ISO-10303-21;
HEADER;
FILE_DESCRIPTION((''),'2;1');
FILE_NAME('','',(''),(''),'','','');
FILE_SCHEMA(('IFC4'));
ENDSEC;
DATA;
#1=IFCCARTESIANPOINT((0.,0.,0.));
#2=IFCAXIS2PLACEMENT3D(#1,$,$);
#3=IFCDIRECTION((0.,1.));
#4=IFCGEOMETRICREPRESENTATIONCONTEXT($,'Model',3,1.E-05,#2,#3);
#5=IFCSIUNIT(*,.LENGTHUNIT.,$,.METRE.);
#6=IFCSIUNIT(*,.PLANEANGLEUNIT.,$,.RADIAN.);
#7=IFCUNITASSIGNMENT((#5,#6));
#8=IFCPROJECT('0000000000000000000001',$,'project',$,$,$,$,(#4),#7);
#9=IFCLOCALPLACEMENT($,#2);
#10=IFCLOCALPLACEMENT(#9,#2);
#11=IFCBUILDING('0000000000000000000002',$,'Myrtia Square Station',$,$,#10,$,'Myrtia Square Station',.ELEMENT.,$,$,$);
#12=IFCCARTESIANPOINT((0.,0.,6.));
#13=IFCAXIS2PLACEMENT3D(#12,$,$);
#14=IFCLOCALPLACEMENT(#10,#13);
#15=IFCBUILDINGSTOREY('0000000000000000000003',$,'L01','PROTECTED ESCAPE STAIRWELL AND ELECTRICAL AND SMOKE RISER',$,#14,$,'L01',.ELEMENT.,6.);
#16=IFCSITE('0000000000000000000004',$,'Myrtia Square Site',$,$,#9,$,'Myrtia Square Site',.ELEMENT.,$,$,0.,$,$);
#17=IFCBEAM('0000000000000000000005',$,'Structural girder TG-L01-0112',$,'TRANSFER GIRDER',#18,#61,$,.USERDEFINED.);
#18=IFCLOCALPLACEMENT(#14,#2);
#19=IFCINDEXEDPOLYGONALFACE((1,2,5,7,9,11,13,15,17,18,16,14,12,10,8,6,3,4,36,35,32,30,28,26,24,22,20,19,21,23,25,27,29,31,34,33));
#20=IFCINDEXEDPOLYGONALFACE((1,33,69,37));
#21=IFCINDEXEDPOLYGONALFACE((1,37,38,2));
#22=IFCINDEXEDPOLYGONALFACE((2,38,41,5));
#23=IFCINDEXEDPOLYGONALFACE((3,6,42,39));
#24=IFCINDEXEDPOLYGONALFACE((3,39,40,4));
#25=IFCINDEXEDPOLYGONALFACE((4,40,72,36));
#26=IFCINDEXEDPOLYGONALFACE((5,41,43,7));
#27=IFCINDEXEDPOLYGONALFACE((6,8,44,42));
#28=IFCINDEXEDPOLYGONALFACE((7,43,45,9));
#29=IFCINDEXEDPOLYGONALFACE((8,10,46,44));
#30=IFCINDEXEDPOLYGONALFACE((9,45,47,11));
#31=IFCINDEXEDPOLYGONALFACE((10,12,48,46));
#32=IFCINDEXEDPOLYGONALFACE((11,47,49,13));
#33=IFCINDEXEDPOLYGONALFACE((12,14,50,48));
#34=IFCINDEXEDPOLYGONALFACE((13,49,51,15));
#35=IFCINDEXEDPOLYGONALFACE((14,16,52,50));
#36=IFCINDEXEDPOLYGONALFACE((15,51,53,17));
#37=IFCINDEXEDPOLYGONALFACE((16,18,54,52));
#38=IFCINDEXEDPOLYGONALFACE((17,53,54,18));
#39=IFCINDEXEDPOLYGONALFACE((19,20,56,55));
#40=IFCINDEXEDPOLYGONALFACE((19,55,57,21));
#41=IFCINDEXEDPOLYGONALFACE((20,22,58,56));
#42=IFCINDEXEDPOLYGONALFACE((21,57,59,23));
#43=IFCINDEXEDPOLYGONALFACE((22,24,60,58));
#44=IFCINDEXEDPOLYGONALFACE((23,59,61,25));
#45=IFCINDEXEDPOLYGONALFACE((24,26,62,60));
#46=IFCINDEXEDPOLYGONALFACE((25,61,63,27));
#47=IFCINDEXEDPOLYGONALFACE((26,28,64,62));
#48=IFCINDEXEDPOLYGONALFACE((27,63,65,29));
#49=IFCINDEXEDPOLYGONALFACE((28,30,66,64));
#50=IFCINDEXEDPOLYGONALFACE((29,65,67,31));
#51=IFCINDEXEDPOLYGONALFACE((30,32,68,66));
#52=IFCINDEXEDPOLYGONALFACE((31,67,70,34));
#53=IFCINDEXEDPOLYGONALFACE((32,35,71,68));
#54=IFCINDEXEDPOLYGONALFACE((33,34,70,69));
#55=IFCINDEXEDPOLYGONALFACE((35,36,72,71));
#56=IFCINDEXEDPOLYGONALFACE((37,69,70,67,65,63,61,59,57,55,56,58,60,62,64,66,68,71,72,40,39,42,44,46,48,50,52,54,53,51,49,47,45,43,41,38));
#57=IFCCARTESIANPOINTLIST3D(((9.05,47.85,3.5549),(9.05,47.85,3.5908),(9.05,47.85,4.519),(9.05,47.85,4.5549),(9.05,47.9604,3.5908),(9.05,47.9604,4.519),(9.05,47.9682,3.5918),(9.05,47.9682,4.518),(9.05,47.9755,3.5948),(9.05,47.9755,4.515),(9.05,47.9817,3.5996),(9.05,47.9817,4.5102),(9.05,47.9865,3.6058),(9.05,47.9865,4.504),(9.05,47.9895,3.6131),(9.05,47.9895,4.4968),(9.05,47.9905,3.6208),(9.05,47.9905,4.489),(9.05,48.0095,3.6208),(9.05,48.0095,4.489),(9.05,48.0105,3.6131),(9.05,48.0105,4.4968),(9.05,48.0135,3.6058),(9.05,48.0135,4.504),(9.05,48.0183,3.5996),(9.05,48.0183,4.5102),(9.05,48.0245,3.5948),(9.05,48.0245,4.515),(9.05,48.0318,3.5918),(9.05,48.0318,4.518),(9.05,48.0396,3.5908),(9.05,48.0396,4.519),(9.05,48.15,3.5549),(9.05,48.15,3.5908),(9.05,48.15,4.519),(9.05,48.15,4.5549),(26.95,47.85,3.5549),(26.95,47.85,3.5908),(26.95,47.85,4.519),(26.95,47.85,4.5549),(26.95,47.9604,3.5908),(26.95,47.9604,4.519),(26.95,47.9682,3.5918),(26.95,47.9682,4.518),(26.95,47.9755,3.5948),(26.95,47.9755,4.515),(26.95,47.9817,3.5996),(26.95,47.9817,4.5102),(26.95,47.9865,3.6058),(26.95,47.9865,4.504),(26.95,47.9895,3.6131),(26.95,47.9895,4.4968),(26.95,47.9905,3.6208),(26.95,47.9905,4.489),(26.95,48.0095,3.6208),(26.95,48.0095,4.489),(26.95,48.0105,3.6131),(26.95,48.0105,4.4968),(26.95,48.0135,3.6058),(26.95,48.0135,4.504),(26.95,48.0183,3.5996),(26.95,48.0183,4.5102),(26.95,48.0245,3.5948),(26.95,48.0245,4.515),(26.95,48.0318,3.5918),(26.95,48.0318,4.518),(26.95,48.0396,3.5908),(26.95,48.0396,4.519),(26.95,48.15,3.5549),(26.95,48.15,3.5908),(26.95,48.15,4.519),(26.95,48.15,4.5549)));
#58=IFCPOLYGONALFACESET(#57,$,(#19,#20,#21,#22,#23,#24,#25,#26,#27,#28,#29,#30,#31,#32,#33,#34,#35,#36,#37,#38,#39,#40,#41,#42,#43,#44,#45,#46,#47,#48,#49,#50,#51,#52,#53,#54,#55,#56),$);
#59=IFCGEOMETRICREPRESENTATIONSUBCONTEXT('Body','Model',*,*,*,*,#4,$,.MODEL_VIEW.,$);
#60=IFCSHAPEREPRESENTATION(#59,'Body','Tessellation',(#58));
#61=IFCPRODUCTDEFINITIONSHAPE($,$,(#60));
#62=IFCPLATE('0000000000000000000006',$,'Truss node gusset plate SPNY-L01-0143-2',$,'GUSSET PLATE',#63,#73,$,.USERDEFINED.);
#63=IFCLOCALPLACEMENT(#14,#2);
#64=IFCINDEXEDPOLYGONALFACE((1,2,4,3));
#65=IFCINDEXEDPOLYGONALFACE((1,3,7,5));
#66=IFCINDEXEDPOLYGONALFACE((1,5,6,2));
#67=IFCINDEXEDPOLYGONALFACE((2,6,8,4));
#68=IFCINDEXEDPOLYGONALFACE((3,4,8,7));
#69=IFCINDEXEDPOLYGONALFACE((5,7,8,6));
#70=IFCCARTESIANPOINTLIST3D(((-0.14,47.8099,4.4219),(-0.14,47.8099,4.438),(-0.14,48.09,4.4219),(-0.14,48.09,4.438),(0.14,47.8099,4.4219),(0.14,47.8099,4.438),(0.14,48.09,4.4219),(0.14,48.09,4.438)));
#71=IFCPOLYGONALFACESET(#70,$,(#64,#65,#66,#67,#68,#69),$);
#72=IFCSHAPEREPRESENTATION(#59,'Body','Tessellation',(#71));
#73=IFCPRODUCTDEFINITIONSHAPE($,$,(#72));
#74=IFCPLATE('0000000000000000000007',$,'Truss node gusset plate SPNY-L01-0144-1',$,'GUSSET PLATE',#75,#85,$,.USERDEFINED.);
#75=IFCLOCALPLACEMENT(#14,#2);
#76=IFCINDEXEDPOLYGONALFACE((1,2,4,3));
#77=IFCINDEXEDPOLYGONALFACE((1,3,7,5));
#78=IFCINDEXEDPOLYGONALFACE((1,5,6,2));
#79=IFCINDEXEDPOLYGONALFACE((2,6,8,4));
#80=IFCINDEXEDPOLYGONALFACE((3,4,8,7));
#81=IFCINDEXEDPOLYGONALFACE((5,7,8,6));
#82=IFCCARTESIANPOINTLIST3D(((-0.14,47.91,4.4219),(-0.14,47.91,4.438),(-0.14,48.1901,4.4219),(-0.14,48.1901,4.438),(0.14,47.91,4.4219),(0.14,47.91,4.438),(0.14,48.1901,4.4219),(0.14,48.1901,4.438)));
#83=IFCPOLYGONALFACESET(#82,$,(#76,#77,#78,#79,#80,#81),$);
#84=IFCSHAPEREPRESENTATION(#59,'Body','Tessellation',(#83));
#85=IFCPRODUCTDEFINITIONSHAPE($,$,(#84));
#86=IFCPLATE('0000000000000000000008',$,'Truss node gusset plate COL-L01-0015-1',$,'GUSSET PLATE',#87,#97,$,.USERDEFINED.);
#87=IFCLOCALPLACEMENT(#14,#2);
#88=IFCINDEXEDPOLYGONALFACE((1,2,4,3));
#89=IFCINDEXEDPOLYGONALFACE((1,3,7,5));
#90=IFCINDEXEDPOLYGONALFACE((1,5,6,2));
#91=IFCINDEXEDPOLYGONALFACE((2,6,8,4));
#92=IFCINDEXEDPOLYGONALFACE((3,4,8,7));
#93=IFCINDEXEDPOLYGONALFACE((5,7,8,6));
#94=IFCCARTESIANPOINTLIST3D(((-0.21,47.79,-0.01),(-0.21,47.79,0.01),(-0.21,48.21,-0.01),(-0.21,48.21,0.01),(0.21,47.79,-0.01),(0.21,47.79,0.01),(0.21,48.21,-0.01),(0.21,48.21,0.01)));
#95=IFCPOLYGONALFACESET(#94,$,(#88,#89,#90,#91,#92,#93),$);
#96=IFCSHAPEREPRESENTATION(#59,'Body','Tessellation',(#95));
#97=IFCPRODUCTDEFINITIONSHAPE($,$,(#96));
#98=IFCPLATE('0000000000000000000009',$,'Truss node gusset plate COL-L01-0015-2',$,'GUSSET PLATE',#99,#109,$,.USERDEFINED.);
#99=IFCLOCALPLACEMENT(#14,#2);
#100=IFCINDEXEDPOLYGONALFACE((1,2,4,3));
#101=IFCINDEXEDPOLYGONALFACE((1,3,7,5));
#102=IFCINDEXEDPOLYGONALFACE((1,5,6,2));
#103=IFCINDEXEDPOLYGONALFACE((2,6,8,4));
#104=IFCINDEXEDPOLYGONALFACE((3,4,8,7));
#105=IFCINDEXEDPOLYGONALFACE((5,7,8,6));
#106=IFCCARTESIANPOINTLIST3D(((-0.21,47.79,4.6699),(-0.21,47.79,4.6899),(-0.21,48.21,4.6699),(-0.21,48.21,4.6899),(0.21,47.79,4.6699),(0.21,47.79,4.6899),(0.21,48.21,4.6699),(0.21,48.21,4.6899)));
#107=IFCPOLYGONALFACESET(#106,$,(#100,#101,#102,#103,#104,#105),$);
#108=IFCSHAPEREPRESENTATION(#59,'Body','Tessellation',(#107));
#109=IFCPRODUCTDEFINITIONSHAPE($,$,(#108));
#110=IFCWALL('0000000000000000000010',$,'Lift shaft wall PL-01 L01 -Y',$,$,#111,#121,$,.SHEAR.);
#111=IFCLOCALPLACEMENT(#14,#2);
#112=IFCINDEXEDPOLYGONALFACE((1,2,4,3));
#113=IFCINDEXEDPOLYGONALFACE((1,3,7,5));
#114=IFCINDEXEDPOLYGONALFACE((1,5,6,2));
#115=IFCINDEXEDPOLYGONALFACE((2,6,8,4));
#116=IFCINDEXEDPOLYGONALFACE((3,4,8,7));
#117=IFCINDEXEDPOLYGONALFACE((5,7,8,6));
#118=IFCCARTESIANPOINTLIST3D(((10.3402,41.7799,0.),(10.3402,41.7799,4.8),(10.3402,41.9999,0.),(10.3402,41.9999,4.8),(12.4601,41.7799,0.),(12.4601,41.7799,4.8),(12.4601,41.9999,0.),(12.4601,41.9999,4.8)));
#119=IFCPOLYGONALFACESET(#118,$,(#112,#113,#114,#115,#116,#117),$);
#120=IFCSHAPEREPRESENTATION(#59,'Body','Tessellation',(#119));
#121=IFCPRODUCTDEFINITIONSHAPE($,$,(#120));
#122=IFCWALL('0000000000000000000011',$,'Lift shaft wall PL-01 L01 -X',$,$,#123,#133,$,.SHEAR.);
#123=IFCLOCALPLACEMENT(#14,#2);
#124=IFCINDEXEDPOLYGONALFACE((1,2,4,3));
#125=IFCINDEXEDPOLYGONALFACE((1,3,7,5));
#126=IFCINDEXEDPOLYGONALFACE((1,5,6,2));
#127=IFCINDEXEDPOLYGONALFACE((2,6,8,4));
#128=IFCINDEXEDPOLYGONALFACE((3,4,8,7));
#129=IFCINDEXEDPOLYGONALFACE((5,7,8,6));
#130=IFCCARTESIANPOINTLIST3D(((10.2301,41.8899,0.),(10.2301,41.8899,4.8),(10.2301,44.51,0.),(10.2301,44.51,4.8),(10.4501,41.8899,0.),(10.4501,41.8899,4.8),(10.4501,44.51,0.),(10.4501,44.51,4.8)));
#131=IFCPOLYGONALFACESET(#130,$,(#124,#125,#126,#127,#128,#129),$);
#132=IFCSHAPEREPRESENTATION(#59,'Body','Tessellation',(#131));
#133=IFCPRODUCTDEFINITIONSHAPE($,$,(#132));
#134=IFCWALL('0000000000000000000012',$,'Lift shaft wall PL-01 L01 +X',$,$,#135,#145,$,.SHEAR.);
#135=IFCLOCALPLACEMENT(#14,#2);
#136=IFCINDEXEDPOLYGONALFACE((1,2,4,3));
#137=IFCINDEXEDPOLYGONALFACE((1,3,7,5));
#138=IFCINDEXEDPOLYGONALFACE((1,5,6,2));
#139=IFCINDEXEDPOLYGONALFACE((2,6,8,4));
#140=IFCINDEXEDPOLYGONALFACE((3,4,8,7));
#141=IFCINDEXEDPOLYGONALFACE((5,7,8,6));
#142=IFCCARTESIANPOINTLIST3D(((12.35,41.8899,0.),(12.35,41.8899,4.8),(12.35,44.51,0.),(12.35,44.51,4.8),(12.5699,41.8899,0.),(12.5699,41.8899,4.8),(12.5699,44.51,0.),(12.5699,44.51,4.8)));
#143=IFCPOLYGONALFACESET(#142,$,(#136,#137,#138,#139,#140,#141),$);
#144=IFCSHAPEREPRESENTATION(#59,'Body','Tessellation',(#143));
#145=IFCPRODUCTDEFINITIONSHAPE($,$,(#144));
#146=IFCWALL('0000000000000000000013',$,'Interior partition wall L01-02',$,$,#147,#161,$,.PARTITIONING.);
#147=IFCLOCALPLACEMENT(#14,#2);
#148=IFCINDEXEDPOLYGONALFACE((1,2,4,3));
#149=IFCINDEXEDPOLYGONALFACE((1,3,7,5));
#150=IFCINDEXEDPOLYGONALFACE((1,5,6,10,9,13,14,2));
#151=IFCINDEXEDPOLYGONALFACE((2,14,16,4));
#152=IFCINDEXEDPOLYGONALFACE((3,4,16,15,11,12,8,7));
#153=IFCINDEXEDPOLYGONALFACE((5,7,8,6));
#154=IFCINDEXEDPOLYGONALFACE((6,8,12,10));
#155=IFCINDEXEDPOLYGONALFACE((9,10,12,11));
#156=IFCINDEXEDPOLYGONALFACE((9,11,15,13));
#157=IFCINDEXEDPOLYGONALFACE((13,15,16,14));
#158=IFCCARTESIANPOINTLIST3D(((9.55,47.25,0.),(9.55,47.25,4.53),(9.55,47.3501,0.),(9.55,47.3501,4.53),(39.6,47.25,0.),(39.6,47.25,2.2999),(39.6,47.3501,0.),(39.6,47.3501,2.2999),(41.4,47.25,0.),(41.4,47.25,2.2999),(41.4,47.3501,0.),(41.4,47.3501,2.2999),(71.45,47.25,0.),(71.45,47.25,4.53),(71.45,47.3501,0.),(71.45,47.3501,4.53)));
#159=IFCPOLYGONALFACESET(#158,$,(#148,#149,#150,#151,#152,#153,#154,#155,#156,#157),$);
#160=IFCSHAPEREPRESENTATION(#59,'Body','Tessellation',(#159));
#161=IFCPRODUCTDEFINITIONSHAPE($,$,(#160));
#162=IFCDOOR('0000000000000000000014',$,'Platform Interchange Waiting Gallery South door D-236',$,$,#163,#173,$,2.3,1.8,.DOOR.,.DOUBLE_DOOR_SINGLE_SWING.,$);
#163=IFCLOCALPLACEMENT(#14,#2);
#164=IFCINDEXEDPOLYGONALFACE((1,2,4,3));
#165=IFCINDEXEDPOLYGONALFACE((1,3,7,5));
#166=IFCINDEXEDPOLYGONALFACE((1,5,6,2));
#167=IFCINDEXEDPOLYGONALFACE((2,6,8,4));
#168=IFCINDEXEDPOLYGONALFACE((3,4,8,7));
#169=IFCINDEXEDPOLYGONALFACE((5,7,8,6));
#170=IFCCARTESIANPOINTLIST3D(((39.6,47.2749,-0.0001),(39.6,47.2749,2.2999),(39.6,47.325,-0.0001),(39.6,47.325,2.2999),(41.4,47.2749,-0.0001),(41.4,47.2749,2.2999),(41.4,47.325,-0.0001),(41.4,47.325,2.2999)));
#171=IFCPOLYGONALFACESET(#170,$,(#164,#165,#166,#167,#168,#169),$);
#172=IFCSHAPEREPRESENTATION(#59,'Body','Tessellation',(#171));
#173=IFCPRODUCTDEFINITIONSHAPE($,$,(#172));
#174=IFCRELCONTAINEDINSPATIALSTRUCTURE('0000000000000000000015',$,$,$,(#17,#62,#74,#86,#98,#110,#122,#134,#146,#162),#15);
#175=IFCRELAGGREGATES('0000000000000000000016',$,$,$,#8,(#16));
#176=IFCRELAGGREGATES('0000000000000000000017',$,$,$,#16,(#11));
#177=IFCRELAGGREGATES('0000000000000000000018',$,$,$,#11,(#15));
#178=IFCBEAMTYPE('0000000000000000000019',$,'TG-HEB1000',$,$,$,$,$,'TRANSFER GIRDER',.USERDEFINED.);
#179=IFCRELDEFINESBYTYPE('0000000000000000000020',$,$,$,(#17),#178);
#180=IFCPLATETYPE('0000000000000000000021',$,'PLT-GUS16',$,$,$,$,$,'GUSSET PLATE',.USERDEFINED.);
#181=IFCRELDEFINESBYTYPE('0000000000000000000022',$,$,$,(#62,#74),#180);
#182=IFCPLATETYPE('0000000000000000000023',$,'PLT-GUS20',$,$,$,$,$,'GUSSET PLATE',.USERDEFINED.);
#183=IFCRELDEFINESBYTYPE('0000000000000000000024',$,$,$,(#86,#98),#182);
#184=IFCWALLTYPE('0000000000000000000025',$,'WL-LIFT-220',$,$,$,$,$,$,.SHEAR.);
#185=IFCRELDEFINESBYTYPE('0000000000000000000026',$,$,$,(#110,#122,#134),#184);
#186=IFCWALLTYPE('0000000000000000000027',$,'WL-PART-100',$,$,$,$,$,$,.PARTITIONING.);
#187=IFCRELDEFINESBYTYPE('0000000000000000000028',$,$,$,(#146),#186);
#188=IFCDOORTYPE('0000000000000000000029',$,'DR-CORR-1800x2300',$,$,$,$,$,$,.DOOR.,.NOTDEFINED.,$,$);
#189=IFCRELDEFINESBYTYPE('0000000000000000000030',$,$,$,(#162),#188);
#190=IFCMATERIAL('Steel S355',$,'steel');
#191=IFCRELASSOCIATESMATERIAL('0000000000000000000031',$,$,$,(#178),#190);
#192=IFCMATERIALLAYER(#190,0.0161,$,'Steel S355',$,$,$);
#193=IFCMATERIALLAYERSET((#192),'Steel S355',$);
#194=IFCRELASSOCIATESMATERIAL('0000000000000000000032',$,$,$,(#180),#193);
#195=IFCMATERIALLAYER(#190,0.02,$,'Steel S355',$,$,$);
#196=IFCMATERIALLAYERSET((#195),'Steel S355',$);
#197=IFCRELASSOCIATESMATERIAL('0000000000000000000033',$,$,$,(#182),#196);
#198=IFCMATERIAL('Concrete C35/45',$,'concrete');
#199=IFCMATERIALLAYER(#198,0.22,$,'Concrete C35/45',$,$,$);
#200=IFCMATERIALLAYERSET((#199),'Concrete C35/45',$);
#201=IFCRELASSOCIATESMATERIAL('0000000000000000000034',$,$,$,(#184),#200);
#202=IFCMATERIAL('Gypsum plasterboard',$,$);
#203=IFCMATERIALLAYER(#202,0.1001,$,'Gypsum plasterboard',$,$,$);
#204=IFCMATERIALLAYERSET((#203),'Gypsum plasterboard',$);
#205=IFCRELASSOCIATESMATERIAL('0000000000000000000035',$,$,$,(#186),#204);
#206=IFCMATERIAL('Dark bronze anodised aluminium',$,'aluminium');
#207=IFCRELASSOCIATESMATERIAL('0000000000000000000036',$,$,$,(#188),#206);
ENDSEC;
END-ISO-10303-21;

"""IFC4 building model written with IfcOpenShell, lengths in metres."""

from ifc_helpers import new_model, si_unit, direction, frame, frame_2d, origin, origin_2d, place, context, subcontext, project, spatial, rectangle, i_section, extrude, material, layer, layer_set, material_profile, profile_set, type_object, element, fill, save


model = new_model("IFC4")

# Units and contexts
model_context = context("Model", 3, precision=1e-05, world=origin(), true_north=direction((0.0, 1.0)))
body_context = subcontext(model_context, "Body", "Model", "MODEL_VIEW")
ifc_project = project(units=[si_unit("LENGTHUNIT", "METRE"), si_unit("PLANEANGLEUNIT", "RADIAN")], contexts=[model_context])

# Site, building, storey
site_placement = place(None, origin())
site = spatial("IfcSite", under=ifc_project, at=site_placement, Name="Myrtia Square Site", LongName="Myrtia Square Site", CompositionType="ELEMENT", RefElevation=0.0)
building_placement = place(site_placement, origin())
building = spatial("IfcBuilding", under=site, at=building_placement, Name="Myrtia Square Station", LongName="Myrtia Square Station", CompositionType="ELEMENT")
storey_placement = place(building_placement, frame((0.0, 0.0, 6.0)))
storey = spatial("IfcBuildingStorey", under=building, at=storey_placement, Name="L01", Description="PROTECTED ESCAPE STAIRWELL AND ELECTRICAL AND SMOKE RISER", LongName="L01", CompositionType="ELEMENT", Elevation=6.0)

# Shared definitions
ifc_material_1 = material(Name="Steel S355", Category="steel")

# Shared definitions
ifc_material_2 = material(Name="Dark bronze anodised aluminium", Category="aluminium")

# Beam
ifc_material_profile_1 = material_profile(ifc_material_1, i_section(OverallWidth=0.3, OverallDepth=1.0, WebThickness=0.019, FlangeThickness=0.0359, FilletRadius=0.03, at=origin_2d()), Name="HEB 1000")
ifc_profile_set_1 = profile_set([ifc_material_profile_1], Name="Steel S355")
beam_type_1 = type_object("IfcBeamType", Name="TG-HEB1000", ElementType="TRANSFER GIRDER", PredefinedType="USERDEFINED", material=ifc_profile_set_1)
beam_1_placement = place(storey_placement, frame((9.05, 48.0, 4.0549), z_axis=(1.0, 0.0, 0.0), x_axis=(0.0, 1.0, 0.0)))
element("IfcBeam", 1, at=beam_1_placement, inside=storey, type_object=beam_type_1, Name="Structural girder TG-L01-0112", ObjectType="TRANSFER GIRDER", PredefinedType="USERDEFINED", context=body_context, shape_type="SweptSolid", body=[
    extrude(i_section(OverallWidth=0.3, OverallDepth=1.0, WebThickness=0.019, FlangeThickness=0.0359, FilletRadius=0.03, at=origin_2d()), origin(), (0.0, 0.0, 1.0), 17.8999),
])

# Plates
ifc_layer_1 = layer(ifc_material_1, 0.0161, Name="Steel S355")
ifc_layer_set_1 = layer_set([ifc_layer_1], Name="Steel S355")
plate_type_1 = type_object("IfcPlateType", Name="PLT-GUS16", ElementType="GUSSET PLATE", PredefinedType="USERDEFINED", material=ifc_layer_set_1)
for number, where, z_axis, x_axis, name in (
    (2, (0.0, 47.95, 4.4219), (0.0, 0.0, 1.0), (0.0, 1.0, 0.0), "Truss node gusset plate SPNY-L01-0143-2"),
    (3, (0.0, 48.05, 4.4219), (0.0, 0.0, 1.0), (0.0, 1.0, 0.0), "Truss node gusset plate SPNY-L01-0144-1"),
):
    element("IfcPlate", number, at=place(storey_placement, frame(where, z_axis=z_axis, x_axis=x_axis)), inside=storey, type_object=plate_type_1, Name=name, ObjectType="GUSSET PLATE", PredefinedType="USERDEFINED", context=body_context, shape_type="SweptSolid", body=[
        extrude(rectangle(XDim=0.28, YDim=0.28, at=origin_2d()), origin(), (0.0, 0.0, 1.0), 0.0161),
    ])
ifc_layer_2 = layer(ifc_material_1, 0.02, Name="Steel S355")
ifc_layer_set_2 = layer_set([ifc_layer_2], Name="Steel S355")
plate_type_2 = type_object("IfcPlateType", Name="PLT-GUS20", ElementType="GUSSET PLATE", PredefinedType="USERDEFINED", material=ifc_layer_set_2)
for number, where, z_axis, x_axis, name in (
    (4, (0.0, 48.0, -0.01), (0.0, 0.0, 1.0), (1.0, 0.0, 0.0), "Truss node gusset plate COL-L01-0015-1"),
    (5, (0.0, 48.0, 4.6699), (0.0, 0.0, 1.0), (1.0, 0.0, 0.0), "Truss node gusset plate COL-L01-0015-2"),
):
    element("IfcPlate", number, at=place(storey_placement, frame(where, z_axis=z_axis, x_axis=x_axis)), inside=storey, type_object=plate_type_2, Name=name, ObjectType="GUSSET PLATE", PredefinedType="USERDEFINED", context=body_context, shape_type="SweptSolid", body=[
        extrude(rectangle(XDim=0.4199, YDim=0.4199, at=origin_2d()), origin(), (0.0, 0.0, 1.0), 0.02),
    ])

# Wall
ifc_material_3 = material(Name="Concrete C35/45", Category="concrete")
ifc_layer_3 = layer(ifc_material_3, 0.22, Name="Concrete C35/45")
ifc_layer_set_3 = layer_set([ifc_layer_3], Name="Concrete C35/45")
wall_type_1 = type_object("IfcWallType", Name="WL-LIFT-220", PredefinedType="SHEAR", material=ifc_layer_set_3)
wall_1_placement = place(storey_placement, frame((10.3401, 41.8899, 0.0), z_axis=(0.0, 0.0, 1.0), x_axis=(1.0, 0.0, 0.0)))
element("IfcWall", 6, at=wall_1_placement, inside=storey, type_object=wall_type_1, Name="Lift shaft wall PL-01 L01 -Y", PredefinedType="SHEAR", context=body_context, shape_type="SweptSolid", body=[
    extrude(rectangle(XDim=2.1199, YDim=0.22, at=frame_2d((1.0601, 0.0))), origin(), (0.0, 0.0, 1.0), 4.8),
])

# Walls
for number, where, z_axis, x_axis, name in (
    (7, (10.3401, 41.8899, 0.0), (0.0, 0.0, 1.0), (0.0, 1.0, 0.0), "Lift shaft wall PL-01 L01 -X"),
    (8, (12.46, 41.8899, 0.0), (0.0, 0.0, 1.0), (0.0, 1.0, 0.0), "Lift shaft wall PL-01 L01 +X"),
):
    element("IfcWall", number, at=place(storey_placement, frame(where, z_axis=z_axis, x_axis=x_axis)), inside=storey, type_object=wall_type_1, Name=name, PredefinedType="SHEAR", context=body_context, shape_type="SweptSolid", body=[
        extrude(rectangle(XDim=2.6201, YDim=0.22, at=frame_2d((1.3101, 0.0))), origin(), (0.0, 0.0, 1.0), 4.8),
    ])

# Wall, opening, door
ifc_material_4 = material(Name="Gypsum plasterboard")
ifc_layer_4 = layer(ifc_material_4, 0.1001, Name="Gypsum plasterboard")
ifc_layer_set_4 = layer_set([ifc_layer_4], Name="Gypsum plasterboard")
wall_type_2 = type_object("IfcWallType", Name="WL-PART-100", PredefinedType="PARTITIONING", material=ifc_layer_set_4)
wall_2_placement = place(storey_placement, frame((9.55, 47.3, 0.0), z_axis=(0.0, 0.0, 1.0), x_axis=(1.0, 0.0, 0.0)))
wall_2 = element("IfcWall", 9, at=wall_2_placement, inside=storey, type_object=wall_type_2, Name="Interior partition wall L01-02", PredefinedType="PARTITIONING", context=body_context, shape_type="SweptSolid", body=[
    extrude(rectangle(XDim=61.8999, YDim=0.1001, at=frame_2d((30.95, 0.0))), origin(), (0.0, 0.0, 1.0), 4.53),
])
opening_1_placement = place(wall_2_placement, frame((30.05, 0.0, 0.0)))
opening_1 = element("IfcOpeningElement", 10, at=opening_1_placement, cuts=wall_2, PredefinedType="OPENING", context=body_context, shape_type="SweptSolid", body=[
    extrude(rectangle(XDim=1.8, YDim=2.3, at=frame_2d((0.8999, 1.1499))), frame((0.0, 0.0649, 0.0), z_axis=(0.0, -1.0, 0.0), x_axis=(1.0, 0.0, 0.0)), (0.0, 0.0, 1.0), 0.1301),
])
door_type_1 = type_object("IfcDoorType", Name="DR-CORR-1800x2300", OperationType="NOTDEFINED", PredefinedType="DOOR", material=ifc_material_2)
door_1_placement = place(opening_1_placement, origin())
door_1 = element("IfcDoor", 11, at=door_1_placement, inside=storey, type_object=door_type_1, Name="Platform Interchange Waiting Gallery South door D-236", OperationType="DOUBLE_DOOR_SINGLE_SWING", OverallHeight=2.3, OverallWidth=1.8, PredefinedType="DOOR", context=body_context, shape_type="SweptSolid", body=[
    extrude(rectangle(XDim=1.8, YDim=2.3, at=frame_2d((0.8999, 1.1499))), frame((0.0, 0.0249, 0.0), z_axis=(0.0, -1.0, 0.0), x_axis=(1.0, 0.0, 0.0)), (0.0, 0.0, 1.0), 0.05),
])
fill(opening_1, door_1)

save(model, "model.ifc")
